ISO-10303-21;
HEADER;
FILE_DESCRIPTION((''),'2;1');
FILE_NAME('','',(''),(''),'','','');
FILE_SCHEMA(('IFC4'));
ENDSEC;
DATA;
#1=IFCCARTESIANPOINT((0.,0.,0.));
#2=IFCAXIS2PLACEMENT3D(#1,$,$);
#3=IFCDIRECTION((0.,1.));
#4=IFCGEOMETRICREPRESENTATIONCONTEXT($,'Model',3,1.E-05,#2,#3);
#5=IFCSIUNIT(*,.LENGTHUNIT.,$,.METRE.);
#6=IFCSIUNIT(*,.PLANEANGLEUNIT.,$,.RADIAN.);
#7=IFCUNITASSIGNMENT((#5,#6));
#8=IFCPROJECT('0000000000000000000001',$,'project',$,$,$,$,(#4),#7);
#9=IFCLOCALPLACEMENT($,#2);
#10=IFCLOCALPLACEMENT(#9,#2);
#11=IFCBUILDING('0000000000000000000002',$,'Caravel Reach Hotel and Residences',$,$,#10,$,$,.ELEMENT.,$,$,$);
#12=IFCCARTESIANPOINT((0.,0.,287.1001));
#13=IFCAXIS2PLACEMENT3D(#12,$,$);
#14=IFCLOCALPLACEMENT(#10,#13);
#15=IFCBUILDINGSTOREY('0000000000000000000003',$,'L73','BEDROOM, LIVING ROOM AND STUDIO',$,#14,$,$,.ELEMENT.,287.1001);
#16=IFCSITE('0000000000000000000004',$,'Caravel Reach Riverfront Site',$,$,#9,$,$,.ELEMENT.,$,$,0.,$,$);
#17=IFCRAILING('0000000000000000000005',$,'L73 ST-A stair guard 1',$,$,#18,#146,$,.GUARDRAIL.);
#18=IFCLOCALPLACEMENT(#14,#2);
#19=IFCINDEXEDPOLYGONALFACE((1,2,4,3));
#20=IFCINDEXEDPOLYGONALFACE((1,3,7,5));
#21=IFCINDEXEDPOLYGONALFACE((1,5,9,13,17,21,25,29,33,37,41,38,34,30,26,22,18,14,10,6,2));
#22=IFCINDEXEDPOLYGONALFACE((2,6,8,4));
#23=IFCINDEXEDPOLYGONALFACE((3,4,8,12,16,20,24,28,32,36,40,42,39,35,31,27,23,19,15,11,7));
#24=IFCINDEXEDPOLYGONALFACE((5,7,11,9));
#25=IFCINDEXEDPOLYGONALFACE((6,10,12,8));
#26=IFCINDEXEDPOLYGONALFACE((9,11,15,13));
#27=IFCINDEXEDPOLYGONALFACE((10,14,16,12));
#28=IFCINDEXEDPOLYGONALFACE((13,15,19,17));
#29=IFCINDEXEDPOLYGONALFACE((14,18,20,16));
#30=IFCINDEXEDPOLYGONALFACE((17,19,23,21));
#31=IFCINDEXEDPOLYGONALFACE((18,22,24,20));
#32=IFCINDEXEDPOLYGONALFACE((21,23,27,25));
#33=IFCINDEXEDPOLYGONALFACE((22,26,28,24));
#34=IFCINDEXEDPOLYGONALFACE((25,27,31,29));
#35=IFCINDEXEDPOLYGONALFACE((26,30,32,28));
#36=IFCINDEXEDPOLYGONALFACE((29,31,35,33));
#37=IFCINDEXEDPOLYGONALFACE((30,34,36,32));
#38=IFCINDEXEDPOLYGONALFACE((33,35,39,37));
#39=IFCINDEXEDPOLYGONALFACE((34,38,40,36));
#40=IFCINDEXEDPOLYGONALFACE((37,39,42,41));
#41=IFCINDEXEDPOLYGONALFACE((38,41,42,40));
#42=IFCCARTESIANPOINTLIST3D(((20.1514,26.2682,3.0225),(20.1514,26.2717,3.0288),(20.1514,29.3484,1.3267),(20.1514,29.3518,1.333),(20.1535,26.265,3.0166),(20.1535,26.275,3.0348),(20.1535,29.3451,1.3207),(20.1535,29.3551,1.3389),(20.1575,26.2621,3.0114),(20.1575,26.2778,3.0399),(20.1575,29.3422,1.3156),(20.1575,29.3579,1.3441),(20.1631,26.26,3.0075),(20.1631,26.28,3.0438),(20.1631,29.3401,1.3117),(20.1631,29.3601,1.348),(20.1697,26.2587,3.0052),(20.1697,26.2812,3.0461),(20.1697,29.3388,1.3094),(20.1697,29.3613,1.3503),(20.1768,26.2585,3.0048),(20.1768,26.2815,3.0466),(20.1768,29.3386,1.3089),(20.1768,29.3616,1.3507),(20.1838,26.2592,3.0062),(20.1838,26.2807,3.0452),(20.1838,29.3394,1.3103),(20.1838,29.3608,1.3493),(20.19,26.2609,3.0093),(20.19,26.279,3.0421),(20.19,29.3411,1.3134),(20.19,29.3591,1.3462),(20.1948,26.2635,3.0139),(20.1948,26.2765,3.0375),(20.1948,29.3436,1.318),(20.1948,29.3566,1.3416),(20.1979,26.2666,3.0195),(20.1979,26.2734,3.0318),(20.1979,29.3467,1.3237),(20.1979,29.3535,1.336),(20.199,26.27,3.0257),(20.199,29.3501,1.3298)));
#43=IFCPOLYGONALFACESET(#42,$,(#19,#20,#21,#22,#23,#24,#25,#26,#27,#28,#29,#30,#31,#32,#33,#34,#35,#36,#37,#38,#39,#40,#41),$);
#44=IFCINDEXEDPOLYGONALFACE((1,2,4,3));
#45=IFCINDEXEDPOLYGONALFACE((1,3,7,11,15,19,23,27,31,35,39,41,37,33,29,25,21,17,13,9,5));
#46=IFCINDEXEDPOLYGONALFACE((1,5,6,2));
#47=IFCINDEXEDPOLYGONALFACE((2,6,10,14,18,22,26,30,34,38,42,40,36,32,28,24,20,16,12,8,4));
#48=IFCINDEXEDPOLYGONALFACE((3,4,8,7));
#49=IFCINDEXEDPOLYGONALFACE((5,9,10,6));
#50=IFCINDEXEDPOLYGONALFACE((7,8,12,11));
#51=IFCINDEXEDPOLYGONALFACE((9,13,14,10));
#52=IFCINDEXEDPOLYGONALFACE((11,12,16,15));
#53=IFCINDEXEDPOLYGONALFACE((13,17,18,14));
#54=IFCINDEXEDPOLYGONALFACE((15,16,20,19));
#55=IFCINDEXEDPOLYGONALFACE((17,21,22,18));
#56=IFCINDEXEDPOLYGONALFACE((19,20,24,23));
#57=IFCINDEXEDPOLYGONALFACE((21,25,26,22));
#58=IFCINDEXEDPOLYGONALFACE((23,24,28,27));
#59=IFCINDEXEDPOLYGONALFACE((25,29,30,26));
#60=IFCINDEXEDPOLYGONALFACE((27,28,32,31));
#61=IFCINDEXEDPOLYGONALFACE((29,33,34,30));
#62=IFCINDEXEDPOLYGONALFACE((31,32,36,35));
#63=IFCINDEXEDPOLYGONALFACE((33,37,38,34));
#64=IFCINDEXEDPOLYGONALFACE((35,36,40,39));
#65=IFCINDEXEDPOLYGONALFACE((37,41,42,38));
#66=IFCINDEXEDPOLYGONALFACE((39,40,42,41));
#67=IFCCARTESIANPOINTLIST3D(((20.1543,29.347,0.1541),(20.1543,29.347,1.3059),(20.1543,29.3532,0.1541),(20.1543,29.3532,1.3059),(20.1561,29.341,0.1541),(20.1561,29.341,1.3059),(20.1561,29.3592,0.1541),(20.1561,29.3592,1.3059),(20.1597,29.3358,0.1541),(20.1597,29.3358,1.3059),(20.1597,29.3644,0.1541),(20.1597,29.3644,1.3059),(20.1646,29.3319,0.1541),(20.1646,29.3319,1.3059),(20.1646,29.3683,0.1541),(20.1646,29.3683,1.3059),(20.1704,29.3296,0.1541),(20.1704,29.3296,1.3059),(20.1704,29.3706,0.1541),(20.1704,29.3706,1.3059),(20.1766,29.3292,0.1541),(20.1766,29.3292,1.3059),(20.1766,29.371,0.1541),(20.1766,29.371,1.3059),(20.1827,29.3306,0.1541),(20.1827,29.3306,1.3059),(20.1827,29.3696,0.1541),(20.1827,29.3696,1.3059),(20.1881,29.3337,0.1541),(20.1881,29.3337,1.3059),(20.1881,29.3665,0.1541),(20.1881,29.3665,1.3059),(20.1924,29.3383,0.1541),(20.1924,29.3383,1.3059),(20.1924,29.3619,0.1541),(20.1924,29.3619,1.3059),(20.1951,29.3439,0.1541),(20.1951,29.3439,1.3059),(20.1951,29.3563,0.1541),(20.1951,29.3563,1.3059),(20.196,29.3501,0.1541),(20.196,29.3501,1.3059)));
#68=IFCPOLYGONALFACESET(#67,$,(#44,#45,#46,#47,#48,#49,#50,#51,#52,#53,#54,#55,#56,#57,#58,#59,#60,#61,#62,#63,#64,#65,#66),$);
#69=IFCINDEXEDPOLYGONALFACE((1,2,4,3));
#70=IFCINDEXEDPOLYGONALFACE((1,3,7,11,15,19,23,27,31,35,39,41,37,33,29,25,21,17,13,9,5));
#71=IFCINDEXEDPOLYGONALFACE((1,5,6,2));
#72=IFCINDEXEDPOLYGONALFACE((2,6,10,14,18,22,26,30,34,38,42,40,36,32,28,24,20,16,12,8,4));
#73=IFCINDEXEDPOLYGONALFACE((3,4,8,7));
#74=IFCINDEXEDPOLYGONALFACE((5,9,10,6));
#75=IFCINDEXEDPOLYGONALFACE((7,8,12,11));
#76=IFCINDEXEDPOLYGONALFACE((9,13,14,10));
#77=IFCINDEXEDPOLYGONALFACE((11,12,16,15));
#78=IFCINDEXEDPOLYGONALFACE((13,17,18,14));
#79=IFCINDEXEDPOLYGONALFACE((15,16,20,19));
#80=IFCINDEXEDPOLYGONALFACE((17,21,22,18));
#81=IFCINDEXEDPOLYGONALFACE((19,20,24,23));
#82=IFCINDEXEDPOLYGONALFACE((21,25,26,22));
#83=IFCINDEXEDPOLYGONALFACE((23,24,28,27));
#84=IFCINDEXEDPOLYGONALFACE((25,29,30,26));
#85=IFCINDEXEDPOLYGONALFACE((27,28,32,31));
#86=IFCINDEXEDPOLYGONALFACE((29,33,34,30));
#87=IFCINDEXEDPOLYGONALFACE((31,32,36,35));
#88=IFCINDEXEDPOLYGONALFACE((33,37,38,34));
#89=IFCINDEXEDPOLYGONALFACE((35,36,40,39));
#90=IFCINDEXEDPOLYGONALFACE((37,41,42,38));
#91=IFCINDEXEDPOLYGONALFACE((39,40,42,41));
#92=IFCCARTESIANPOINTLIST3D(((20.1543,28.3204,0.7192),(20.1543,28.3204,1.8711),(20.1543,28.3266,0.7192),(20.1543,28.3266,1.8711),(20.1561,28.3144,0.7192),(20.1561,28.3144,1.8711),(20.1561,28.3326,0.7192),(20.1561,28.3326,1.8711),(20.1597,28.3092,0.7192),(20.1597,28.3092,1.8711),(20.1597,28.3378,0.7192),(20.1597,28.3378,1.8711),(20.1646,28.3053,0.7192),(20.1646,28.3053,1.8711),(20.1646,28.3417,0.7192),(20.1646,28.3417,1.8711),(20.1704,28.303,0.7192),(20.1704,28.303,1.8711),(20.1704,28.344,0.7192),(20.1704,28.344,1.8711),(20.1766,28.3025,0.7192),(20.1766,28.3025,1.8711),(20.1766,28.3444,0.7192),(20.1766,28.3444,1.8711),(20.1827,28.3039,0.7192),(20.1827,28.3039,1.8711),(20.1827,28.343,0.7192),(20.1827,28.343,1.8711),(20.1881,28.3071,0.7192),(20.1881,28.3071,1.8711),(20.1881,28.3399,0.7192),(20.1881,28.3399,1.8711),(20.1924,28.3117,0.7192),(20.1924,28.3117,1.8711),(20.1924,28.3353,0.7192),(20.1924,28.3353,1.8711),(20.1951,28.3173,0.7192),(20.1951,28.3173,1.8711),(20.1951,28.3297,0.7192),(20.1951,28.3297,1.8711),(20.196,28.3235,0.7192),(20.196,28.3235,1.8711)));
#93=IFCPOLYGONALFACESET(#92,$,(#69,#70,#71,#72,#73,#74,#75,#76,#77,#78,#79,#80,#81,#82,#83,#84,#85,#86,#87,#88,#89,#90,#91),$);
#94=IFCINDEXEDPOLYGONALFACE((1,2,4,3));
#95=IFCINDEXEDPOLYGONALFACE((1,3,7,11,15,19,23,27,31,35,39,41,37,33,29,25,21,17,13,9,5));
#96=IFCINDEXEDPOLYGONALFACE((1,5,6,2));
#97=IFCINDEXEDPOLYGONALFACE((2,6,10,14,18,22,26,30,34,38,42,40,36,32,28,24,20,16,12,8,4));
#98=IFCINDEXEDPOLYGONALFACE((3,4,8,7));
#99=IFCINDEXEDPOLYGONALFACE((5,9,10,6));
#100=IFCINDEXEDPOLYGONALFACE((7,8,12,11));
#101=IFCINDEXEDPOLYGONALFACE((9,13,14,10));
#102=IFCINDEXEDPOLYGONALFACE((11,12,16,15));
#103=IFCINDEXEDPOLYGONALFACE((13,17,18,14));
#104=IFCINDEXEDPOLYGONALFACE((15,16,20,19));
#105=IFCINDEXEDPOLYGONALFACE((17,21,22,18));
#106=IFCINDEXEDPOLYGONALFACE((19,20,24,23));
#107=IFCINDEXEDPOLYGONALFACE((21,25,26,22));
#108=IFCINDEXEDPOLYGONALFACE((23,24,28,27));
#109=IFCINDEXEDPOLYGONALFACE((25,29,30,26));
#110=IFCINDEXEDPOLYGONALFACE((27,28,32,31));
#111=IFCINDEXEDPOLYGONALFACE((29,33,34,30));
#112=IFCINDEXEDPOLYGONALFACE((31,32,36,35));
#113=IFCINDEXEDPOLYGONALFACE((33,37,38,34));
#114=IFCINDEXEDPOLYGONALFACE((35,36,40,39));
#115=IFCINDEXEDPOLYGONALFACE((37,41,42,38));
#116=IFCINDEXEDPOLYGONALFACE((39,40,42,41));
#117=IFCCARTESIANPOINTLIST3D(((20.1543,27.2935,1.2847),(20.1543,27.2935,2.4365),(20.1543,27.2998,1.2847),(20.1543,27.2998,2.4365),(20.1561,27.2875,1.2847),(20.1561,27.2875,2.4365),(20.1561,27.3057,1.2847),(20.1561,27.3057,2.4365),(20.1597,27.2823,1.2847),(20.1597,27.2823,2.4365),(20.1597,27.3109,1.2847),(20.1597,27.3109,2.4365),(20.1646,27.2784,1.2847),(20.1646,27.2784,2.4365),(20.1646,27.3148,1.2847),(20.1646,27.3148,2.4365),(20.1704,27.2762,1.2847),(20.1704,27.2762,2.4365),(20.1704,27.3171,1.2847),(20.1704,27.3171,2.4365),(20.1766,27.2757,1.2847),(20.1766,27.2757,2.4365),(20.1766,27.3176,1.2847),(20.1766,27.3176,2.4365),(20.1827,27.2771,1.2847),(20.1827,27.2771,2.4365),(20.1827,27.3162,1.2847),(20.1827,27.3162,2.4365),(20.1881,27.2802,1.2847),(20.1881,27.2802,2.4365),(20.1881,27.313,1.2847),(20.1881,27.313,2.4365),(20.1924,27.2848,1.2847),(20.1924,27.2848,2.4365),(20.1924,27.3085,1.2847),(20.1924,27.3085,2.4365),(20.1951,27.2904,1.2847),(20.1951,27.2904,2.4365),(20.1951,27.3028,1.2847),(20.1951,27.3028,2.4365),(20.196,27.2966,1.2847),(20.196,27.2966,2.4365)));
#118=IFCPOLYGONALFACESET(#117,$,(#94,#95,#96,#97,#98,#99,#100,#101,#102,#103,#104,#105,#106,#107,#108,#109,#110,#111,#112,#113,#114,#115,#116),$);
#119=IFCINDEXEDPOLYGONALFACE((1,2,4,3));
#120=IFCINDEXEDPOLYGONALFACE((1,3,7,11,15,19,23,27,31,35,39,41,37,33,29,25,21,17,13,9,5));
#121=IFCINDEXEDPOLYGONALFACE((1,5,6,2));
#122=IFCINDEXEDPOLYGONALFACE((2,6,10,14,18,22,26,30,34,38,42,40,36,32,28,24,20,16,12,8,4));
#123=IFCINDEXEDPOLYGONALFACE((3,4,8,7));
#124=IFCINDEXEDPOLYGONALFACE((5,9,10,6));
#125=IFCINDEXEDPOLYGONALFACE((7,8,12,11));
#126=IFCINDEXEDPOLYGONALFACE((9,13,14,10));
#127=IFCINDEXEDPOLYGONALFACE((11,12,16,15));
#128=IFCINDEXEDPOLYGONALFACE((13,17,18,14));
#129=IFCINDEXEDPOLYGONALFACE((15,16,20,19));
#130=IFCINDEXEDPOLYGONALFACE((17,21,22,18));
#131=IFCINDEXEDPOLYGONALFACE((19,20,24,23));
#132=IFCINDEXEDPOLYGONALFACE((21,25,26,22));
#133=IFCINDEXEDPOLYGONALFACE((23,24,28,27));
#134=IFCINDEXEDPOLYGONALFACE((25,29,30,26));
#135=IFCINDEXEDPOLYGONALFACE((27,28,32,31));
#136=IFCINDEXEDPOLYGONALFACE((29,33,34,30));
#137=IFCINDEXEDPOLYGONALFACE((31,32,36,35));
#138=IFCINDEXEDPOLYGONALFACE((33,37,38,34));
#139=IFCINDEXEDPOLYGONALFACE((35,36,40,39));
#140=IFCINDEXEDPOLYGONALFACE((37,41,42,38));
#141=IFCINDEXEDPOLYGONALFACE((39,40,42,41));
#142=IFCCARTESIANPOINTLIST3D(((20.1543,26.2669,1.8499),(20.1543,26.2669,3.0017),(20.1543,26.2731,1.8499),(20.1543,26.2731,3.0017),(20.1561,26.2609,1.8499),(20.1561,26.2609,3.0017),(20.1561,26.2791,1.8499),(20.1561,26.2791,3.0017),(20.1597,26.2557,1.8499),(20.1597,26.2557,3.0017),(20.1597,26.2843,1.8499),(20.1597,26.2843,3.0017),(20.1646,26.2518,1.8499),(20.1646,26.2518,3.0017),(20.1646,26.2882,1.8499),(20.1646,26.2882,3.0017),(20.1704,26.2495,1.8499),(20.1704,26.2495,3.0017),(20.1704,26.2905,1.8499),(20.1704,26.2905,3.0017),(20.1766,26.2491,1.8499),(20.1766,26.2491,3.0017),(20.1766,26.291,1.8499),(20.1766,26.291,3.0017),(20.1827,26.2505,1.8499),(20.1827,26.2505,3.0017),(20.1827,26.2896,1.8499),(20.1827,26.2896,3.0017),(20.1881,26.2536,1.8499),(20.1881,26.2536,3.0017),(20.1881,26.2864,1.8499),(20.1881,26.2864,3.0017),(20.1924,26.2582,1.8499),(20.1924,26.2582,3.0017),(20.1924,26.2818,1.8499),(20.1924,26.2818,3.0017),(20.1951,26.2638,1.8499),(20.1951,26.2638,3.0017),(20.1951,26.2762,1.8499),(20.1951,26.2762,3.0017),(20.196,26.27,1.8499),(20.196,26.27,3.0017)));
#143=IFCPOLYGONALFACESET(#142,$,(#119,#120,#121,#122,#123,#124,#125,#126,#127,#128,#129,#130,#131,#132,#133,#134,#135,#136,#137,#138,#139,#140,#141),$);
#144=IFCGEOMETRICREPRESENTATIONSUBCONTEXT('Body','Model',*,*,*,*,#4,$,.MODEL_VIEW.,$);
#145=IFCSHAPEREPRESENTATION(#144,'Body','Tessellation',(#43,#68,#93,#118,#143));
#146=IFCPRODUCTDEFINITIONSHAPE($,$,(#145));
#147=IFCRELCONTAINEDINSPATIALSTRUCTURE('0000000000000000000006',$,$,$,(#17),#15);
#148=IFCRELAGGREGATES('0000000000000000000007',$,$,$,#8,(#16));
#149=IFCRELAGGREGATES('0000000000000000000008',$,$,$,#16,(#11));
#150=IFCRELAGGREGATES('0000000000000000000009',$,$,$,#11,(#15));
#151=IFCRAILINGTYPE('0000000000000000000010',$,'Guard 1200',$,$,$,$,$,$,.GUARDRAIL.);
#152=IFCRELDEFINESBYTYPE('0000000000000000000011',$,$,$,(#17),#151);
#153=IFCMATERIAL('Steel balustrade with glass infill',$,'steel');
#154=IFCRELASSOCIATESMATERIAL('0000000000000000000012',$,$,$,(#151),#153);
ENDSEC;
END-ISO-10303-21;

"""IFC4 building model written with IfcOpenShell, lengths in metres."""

from ifc_helpers import new_model, si_unit, direction, frame, origin, origin_2d, place, context, subcontext, project, spatial, circle, extrude, material, type_object, element, save


model = new_model("IFC4")

# Units and contexts
model_context = context("Model", 3, precision=1e-05, world=origin(), true_north=direction((0.0, 1.0)))
body_context = subcontext(model_context, "Body", "Model", "MODEL_VIEW")
ifc_project = project(units=[si_unit("LENGTHUNIT", "METRE"), si_unit("PLANEANGLEUNIT", "RADIAN")], contexts=[model_context])

# Site, building, storey
site_placement = place(None, origin())
site = spatial("IfcSite", under=ifc_project, at=site_placement, Name="Caravel Reach Riverfront Site", CompositionType="ELEMENT", RefElevation=0.0)
building_placement = place(site_placement, origin())
building = spatial("IfcBuilding", under=site, at=building_placement, Name="Caravel Reach Hotel and Residences", CompositionType="ELEMENT")
storey_placement = place(building_placement, frame((0.0, 0.0, 287.1001)))
storey = spatial("IfcBuildingStorey", under=building, at=storey_placement, Name="L73", Description="BEDROOM, LIVING ROOM AND STUDIO", CompositionType="ELEMENT", Elevation=287.1001)

# Railing
ifc_material_1 = material(Name="Steel balustrade with glass infill", Category="steel")
railing_type_1 = type_object("IfcRailingType", Name="Guard 1200", PredefinedType="GUARDRAIL", material=ifc_material_1)
railing_1_placement = place(storey_placement, frame((20.175, 29.3501, 0.1541)))
element("IfcRailing", 1, at=railing_1_placement, inside=storey, type_object=railing_type_1, Name="L73 ST-A stair guard 1", PredefinedType="GUARDRAIL", context=body_context, shape_type="SweptSolid", body=[
    extrude(circle(Radius=0.0239, at=origin_2d()), frame((0.0, 0.0, 1.1758), z_axis=(0.0, -0.876005, 0.482303), x_axis=(1.0, 0.0, 0.0)), (0.0, 0.0, 1.0), 3.5161),
    extrude(circle(Radius=0.021, at=origin_2d()), origin(), (0.0, 0.0, 1.0), 1.1519),
    extrude(circle(Radius=0.021, at=origin_2d()), frame((0.0, -1.0266, 0.5652)), (0.0, 0.0, 1.0), 1.1519),
    extrude(circle(Radius=0.021, at=origin_2d()), frame((0.0, -2.0535, 1.1306)), (0.0, 0.0, 1.0), 1.1519),
    extrude(circle(Radius=0.021, at=origin_2d()), frame((0.0, -3.0801, 1.6958)), (0.0, 0.0, 1.0), 1.1519),
])

save(model, "model.ifc")
